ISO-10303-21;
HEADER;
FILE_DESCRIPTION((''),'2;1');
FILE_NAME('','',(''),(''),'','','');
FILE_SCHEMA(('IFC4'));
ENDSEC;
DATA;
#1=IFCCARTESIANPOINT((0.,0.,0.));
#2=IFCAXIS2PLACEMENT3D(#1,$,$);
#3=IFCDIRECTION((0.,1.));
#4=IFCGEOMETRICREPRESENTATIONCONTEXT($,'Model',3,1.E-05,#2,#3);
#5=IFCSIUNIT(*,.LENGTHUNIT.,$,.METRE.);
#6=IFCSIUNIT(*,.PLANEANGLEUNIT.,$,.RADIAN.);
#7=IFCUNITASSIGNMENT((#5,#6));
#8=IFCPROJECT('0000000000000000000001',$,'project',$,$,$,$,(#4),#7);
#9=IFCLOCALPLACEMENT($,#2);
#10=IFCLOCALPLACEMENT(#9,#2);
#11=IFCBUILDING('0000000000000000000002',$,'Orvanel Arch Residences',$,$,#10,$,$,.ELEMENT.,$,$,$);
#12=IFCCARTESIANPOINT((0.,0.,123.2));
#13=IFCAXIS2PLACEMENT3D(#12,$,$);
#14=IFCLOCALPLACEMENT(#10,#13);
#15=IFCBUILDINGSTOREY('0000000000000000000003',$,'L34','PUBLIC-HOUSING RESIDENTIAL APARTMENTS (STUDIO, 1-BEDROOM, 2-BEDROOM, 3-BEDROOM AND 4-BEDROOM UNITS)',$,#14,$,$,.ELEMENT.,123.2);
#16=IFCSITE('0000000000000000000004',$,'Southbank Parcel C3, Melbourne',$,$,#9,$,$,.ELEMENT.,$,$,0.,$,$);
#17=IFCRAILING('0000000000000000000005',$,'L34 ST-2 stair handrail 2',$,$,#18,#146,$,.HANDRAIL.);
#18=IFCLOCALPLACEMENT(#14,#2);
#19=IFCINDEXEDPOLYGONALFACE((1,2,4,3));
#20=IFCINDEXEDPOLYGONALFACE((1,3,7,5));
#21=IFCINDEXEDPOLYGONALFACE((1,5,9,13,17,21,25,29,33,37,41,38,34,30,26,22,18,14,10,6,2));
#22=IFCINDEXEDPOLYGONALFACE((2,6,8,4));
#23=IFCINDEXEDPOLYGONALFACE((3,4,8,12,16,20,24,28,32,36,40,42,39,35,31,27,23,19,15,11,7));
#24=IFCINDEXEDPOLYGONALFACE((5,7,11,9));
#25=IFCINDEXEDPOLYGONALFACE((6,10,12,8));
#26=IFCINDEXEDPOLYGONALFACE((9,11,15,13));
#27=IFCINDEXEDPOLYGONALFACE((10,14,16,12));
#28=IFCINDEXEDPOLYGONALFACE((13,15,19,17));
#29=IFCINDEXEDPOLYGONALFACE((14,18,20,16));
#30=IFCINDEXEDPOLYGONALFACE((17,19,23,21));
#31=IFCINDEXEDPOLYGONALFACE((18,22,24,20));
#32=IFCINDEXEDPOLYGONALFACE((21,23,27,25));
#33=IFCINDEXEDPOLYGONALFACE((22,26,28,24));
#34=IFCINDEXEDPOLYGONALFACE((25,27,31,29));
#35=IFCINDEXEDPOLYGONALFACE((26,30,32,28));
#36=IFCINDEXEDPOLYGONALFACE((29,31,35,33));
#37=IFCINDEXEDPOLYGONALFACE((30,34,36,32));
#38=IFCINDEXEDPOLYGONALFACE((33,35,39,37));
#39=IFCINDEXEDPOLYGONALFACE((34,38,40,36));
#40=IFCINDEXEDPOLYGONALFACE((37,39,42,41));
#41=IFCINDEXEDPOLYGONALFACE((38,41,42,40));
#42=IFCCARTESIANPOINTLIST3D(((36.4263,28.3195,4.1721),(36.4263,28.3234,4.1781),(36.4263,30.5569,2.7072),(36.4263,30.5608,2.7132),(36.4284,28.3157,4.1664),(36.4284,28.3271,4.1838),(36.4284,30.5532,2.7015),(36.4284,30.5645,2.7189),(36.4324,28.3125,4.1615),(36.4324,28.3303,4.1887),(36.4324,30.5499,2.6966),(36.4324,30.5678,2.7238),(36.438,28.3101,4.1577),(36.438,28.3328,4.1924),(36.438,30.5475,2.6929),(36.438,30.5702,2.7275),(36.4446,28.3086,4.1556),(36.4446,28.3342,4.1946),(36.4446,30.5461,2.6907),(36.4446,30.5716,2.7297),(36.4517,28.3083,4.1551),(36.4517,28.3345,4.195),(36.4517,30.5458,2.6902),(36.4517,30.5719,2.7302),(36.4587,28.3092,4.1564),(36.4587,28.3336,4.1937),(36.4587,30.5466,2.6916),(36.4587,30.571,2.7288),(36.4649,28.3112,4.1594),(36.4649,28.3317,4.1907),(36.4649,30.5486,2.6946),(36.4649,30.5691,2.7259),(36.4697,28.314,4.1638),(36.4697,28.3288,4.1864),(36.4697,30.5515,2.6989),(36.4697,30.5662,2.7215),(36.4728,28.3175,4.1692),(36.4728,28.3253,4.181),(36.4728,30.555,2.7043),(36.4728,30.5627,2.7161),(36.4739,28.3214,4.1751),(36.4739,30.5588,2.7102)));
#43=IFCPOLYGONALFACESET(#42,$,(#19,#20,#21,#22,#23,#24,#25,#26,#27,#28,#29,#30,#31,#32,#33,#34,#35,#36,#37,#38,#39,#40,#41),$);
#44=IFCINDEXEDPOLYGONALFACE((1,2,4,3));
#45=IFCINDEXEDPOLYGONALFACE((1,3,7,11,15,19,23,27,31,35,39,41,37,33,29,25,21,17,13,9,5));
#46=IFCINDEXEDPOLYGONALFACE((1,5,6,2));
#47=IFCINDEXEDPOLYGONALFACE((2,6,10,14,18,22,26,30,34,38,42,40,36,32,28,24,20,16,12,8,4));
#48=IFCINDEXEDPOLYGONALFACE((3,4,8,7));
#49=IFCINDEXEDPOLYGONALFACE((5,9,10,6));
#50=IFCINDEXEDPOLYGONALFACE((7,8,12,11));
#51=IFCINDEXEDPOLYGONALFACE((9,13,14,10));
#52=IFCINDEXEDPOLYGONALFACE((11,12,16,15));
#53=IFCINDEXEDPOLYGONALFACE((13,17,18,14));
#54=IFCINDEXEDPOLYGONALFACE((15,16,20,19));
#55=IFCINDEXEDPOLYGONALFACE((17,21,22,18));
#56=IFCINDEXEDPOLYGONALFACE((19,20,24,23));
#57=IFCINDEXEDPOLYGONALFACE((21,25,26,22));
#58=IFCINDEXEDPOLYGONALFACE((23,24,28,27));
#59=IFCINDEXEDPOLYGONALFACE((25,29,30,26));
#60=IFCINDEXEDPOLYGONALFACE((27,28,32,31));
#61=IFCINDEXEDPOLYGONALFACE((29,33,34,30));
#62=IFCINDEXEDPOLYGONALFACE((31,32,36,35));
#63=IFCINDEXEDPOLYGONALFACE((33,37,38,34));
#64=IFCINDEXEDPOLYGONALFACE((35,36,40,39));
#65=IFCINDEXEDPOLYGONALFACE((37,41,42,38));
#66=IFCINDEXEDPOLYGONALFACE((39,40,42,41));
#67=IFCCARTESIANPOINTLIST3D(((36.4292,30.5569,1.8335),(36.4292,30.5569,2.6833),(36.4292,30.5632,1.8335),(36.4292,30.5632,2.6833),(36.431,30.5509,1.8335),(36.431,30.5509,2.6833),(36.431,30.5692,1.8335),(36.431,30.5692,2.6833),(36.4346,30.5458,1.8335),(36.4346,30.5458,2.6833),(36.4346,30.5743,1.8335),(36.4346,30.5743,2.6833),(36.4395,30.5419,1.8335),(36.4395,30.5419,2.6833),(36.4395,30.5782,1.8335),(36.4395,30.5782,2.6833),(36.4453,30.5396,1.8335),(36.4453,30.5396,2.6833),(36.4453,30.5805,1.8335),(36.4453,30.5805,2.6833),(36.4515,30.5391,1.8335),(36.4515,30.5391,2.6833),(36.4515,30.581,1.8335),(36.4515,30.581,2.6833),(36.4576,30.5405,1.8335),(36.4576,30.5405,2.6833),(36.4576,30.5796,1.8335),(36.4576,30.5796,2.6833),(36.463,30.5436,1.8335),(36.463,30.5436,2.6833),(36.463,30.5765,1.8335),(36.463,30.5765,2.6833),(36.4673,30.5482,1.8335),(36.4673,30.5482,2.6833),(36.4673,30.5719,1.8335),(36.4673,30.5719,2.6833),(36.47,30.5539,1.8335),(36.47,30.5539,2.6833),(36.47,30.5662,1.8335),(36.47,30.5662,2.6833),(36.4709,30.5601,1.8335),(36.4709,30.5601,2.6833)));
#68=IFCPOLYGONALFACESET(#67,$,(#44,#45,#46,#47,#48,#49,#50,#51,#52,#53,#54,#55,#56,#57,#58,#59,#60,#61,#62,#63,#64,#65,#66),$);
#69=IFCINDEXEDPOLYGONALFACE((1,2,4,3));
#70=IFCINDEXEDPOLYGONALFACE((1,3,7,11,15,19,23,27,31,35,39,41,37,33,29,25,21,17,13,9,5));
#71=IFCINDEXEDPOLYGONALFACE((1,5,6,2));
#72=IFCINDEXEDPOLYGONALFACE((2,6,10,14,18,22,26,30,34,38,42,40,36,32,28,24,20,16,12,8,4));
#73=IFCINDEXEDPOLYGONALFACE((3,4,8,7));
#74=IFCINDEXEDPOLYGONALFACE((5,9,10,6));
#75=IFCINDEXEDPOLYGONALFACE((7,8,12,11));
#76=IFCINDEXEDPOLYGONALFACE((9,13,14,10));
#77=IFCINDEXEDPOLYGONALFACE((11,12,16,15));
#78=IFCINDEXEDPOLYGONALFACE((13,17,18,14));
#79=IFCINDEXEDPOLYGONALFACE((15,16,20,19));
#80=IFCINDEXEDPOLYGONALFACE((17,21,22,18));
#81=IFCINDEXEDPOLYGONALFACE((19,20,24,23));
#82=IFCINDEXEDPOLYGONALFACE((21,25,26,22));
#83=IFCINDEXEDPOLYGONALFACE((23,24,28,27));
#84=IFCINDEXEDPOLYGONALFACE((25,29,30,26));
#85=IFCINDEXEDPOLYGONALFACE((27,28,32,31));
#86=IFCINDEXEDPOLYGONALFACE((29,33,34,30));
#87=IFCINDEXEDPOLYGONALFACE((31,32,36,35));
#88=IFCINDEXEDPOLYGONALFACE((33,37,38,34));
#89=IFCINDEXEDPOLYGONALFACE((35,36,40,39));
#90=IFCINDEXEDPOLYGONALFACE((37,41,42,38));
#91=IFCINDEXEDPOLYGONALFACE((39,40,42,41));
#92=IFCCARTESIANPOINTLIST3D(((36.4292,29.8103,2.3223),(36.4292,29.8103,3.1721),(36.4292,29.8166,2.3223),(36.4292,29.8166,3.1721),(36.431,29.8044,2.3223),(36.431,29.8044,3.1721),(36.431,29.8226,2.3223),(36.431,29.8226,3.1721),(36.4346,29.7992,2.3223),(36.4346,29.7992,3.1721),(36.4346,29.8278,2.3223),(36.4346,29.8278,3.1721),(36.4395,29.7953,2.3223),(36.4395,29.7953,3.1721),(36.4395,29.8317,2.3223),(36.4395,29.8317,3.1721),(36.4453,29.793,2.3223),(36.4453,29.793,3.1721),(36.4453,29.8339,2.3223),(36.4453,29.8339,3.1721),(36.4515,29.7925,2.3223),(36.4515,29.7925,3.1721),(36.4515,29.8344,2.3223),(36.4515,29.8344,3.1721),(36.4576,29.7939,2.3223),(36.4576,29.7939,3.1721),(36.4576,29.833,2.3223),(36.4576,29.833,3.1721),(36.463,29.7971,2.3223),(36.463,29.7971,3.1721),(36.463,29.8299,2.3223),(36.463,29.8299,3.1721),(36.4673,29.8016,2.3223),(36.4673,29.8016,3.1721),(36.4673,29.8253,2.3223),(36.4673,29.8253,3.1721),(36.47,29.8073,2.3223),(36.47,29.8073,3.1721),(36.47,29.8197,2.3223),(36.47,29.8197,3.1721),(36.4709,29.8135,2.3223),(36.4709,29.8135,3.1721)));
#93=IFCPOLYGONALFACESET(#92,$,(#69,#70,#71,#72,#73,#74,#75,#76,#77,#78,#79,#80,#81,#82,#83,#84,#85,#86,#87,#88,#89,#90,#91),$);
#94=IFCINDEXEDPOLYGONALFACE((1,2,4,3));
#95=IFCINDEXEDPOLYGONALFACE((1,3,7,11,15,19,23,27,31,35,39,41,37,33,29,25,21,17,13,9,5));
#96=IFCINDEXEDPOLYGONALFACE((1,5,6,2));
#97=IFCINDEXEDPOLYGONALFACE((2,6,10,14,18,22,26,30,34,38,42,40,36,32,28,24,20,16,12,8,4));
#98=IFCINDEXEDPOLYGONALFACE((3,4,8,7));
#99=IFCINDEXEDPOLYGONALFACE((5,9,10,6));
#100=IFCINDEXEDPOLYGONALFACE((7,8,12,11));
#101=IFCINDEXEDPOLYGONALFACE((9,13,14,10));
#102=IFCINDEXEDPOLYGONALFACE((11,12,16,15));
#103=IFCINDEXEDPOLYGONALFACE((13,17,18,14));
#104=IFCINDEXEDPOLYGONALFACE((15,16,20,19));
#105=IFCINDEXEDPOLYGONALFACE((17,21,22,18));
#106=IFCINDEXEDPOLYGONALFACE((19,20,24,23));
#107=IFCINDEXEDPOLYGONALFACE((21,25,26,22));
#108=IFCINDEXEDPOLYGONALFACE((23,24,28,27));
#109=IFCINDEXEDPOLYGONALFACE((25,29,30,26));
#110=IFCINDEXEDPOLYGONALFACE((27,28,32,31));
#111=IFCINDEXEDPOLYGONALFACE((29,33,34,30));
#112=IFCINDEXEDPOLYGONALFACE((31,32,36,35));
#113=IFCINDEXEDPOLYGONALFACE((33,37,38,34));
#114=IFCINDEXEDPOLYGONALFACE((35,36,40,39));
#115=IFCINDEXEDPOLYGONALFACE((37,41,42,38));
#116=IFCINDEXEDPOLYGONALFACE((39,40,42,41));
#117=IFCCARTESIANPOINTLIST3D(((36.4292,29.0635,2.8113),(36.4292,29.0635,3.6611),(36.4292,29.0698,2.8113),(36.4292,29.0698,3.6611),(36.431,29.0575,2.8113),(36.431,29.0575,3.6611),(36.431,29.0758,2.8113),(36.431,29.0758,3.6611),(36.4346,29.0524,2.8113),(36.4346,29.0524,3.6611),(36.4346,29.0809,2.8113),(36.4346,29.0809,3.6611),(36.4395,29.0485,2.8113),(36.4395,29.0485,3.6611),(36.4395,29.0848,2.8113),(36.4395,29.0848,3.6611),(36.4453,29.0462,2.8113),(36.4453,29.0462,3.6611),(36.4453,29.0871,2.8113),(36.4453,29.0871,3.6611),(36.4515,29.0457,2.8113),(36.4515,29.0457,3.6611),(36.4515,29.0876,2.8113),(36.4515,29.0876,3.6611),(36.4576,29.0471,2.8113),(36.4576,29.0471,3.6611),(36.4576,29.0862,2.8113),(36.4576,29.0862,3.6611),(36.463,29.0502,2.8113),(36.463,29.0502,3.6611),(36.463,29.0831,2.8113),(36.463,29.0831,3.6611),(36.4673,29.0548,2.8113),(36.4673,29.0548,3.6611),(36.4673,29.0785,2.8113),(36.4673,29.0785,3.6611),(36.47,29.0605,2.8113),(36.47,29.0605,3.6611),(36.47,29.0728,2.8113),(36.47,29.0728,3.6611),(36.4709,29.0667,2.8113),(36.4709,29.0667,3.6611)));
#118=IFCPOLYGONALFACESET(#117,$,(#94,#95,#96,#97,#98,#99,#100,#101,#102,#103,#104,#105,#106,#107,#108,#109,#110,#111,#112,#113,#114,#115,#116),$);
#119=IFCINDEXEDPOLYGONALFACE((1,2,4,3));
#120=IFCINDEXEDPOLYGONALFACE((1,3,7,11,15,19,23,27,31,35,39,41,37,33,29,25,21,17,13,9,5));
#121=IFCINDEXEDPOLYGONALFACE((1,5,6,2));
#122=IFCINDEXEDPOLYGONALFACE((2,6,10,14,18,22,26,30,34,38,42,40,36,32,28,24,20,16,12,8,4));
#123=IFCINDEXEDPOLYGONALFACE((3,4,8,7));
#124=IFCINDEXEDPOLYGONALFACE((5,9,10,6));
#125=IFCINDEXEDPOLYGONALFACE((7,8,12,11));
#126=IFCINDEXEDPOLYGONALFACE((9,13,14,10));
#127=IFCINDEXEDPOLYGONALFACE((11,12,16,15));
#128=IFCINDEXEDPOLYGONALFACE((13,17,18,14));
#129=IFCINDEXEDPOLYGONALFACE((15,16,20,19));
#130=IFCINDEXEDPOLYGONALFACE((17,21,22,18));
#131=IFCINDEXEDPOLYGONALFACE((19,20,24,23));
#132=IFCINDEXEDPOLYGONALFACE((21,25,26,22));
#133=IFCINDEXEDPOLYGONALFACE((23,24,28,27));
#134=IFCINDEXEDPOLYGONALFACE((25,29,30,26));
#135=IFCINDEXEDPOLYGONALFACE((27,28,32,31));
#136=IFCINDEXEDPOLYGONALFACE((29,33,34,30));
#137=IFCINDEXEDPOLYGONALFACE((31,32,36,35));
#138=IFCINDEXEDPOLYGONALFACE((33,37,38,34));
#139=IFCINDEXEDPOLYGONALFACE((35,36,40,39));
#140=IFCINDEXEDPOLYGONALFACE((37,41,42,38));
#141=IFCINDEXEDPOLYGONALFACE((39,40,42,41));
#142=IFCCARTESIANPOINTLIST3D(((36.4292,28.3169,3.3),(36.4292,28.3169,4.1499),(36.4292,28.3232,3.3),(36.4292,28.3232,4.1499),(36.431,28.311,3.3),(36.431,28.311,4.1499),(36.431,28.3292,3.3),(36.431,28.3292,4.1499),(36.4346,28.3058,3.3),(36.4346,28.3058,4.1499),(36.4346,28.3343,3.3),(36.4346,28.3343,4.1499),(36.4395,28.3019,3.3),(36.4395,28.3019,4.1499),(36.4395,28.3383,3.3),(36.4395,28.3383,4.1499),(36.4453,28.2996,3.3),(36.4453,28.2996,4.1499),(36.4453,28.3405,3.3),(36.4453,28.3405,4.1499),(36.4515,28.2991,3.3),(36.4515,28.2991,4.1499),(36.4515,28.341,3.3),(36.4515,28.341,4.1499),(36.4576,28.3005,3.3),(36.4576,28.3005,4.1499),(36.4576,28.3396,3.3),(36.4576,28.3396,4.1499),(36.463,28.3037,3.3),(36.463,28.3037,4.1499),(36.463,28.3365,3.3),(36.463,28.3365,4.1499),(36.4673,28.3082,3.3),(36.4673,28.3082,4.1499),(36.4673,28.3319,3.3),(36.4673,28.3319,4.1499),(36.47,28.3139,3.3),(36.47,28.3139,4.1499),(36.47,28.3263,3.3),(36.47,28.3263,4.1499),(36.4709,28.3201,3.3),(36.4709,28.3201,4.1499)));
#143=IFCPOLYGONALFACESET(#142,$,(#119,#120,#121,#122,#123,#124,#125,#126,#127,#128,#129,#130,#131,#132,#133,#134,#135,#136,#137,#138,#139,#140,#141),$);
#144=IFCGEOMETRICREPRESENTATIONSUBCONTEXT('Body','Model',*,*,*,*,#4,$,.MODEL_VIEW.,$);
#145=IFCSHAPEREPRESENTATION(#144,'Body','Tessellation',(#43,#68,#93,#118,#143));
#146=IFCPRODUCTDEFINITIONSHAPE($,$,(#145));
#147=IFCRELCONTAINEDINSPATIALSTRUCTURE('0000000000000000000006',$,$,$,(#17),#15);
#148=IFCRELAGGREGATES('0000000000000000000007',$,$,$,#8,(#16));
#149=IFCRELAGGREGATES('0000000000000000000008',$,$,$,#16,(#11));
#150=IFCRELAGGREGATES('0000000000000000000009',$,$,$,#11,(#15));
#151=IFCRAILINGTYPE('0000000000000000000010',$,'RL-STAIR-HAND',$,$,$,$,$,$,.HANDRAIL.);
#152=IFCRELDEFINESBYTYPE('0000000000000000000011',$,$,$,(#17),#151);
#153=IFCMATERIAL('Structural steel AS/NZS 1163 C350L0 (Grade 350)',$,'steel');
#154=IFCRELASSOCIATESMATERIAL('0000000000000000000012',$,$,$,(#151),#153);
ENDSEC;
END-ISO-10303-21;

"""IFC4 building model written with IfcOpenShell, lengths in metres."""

from ifc_helpers import new_model, si_unit, direction, frame, origin, origin_2d, place, context, subcontext, project, spatial, circle, extrude, material, type_object, element, save


model = new_model("IFC4")

# Units and contexts
model_context = context("Model", 3, precision=1e-05, world=origin(), true_north=direction((0.0, 1.0)))
body_context = subcontext(model_context, "Body", "Model", "MODEL_VIEW")
ifc_project = project(units=[si_unit("LENGTHUNIT", "METRE"), si_unit("PLANEANGLEUNIT", "RADIAN")], contexts=[model_context])

# Site, building, storey
site_placement = place(None, origin())
site = spatial("IfcSite", under=ifc_project, at=site_placement, Name="Southbank Parcel C3, Melbourne", CompositionType="ELEMENT", RefElevation=0.0)
building_placement = place(site_placement, origin())
building = spatial("IfcBuilding", under=site, at=building_placement, Name="Orvanel Arch Residences", CompositionType="ELEMENT")
storey_placement = place(building_placement, frame((0.0, 0.0, 123.2)))
storey = spatial("IfcBuildingStorey", under=building, at=storey_placement, Name="L34", Description="PUBLIC-HOUSING RESIDENTIAL APARTMENTS (STUDIO, 1-BEDROOM, 2-BEDROOM, 3-BEDROOM AND 4-BEDROOM UNITS)", CompositionType="ELEMENT", Elevation=123.2)

# Railing
ifc_material_1 = material(Name="Structural steel AS/NZS 1163 C350L0 (Grade 350)", Category="steel")
railing_type_1 = type_object("IfcRailingType", Name="RL-STAIR-HAND", PredefinedType="HANDRAIL", material=ifc_material_1)
railing_1_placement = place(storey_placement, frame((36.45, 30.5601, 1.8335)))
element("IfcRailing", 1, at=railing_1_placement, inside=storey, type_object=railing_type_1, Name="L34 ST-2 stair handrail 2", PredefinedType="HANDRAIL", context=body_context, shape_type="SweptSolid", body=[
    extrude(circle(Radius=0.0239, at=origin_2d()), frame((0.0, -0.0012, 0.8767), z_axis=(0.0, -0.836637, 0.547758), x_axis=(1.0, 0.0, 0.0)), (0.0, 0.0, 1.0), 2.6743),
    extrude(circle(Radius=0.021, at=origin_2d()), origin(), (0.0, 0.0, 1.0), 0.8499),
    extrude(circle(Radius=0.021, at=origin_2d()), frame((0.0, -0.7466, 0.4888)), (0.0, 0.0, 1.0), 0.8499),
    extrude(circle(Radius=0.021, at=origin_2d()), frame((0.0, -1.4934, 0.9778)), (0.0, 0.0, 1.0), 0.8499),
    extrude(circle(Radius=0.021, at=origin_2d()), frame((0.0, -2.24, 1.4666)), (0.0, 0.0, 1.0), 0.8499),
])

save(model, "model.ifc")
